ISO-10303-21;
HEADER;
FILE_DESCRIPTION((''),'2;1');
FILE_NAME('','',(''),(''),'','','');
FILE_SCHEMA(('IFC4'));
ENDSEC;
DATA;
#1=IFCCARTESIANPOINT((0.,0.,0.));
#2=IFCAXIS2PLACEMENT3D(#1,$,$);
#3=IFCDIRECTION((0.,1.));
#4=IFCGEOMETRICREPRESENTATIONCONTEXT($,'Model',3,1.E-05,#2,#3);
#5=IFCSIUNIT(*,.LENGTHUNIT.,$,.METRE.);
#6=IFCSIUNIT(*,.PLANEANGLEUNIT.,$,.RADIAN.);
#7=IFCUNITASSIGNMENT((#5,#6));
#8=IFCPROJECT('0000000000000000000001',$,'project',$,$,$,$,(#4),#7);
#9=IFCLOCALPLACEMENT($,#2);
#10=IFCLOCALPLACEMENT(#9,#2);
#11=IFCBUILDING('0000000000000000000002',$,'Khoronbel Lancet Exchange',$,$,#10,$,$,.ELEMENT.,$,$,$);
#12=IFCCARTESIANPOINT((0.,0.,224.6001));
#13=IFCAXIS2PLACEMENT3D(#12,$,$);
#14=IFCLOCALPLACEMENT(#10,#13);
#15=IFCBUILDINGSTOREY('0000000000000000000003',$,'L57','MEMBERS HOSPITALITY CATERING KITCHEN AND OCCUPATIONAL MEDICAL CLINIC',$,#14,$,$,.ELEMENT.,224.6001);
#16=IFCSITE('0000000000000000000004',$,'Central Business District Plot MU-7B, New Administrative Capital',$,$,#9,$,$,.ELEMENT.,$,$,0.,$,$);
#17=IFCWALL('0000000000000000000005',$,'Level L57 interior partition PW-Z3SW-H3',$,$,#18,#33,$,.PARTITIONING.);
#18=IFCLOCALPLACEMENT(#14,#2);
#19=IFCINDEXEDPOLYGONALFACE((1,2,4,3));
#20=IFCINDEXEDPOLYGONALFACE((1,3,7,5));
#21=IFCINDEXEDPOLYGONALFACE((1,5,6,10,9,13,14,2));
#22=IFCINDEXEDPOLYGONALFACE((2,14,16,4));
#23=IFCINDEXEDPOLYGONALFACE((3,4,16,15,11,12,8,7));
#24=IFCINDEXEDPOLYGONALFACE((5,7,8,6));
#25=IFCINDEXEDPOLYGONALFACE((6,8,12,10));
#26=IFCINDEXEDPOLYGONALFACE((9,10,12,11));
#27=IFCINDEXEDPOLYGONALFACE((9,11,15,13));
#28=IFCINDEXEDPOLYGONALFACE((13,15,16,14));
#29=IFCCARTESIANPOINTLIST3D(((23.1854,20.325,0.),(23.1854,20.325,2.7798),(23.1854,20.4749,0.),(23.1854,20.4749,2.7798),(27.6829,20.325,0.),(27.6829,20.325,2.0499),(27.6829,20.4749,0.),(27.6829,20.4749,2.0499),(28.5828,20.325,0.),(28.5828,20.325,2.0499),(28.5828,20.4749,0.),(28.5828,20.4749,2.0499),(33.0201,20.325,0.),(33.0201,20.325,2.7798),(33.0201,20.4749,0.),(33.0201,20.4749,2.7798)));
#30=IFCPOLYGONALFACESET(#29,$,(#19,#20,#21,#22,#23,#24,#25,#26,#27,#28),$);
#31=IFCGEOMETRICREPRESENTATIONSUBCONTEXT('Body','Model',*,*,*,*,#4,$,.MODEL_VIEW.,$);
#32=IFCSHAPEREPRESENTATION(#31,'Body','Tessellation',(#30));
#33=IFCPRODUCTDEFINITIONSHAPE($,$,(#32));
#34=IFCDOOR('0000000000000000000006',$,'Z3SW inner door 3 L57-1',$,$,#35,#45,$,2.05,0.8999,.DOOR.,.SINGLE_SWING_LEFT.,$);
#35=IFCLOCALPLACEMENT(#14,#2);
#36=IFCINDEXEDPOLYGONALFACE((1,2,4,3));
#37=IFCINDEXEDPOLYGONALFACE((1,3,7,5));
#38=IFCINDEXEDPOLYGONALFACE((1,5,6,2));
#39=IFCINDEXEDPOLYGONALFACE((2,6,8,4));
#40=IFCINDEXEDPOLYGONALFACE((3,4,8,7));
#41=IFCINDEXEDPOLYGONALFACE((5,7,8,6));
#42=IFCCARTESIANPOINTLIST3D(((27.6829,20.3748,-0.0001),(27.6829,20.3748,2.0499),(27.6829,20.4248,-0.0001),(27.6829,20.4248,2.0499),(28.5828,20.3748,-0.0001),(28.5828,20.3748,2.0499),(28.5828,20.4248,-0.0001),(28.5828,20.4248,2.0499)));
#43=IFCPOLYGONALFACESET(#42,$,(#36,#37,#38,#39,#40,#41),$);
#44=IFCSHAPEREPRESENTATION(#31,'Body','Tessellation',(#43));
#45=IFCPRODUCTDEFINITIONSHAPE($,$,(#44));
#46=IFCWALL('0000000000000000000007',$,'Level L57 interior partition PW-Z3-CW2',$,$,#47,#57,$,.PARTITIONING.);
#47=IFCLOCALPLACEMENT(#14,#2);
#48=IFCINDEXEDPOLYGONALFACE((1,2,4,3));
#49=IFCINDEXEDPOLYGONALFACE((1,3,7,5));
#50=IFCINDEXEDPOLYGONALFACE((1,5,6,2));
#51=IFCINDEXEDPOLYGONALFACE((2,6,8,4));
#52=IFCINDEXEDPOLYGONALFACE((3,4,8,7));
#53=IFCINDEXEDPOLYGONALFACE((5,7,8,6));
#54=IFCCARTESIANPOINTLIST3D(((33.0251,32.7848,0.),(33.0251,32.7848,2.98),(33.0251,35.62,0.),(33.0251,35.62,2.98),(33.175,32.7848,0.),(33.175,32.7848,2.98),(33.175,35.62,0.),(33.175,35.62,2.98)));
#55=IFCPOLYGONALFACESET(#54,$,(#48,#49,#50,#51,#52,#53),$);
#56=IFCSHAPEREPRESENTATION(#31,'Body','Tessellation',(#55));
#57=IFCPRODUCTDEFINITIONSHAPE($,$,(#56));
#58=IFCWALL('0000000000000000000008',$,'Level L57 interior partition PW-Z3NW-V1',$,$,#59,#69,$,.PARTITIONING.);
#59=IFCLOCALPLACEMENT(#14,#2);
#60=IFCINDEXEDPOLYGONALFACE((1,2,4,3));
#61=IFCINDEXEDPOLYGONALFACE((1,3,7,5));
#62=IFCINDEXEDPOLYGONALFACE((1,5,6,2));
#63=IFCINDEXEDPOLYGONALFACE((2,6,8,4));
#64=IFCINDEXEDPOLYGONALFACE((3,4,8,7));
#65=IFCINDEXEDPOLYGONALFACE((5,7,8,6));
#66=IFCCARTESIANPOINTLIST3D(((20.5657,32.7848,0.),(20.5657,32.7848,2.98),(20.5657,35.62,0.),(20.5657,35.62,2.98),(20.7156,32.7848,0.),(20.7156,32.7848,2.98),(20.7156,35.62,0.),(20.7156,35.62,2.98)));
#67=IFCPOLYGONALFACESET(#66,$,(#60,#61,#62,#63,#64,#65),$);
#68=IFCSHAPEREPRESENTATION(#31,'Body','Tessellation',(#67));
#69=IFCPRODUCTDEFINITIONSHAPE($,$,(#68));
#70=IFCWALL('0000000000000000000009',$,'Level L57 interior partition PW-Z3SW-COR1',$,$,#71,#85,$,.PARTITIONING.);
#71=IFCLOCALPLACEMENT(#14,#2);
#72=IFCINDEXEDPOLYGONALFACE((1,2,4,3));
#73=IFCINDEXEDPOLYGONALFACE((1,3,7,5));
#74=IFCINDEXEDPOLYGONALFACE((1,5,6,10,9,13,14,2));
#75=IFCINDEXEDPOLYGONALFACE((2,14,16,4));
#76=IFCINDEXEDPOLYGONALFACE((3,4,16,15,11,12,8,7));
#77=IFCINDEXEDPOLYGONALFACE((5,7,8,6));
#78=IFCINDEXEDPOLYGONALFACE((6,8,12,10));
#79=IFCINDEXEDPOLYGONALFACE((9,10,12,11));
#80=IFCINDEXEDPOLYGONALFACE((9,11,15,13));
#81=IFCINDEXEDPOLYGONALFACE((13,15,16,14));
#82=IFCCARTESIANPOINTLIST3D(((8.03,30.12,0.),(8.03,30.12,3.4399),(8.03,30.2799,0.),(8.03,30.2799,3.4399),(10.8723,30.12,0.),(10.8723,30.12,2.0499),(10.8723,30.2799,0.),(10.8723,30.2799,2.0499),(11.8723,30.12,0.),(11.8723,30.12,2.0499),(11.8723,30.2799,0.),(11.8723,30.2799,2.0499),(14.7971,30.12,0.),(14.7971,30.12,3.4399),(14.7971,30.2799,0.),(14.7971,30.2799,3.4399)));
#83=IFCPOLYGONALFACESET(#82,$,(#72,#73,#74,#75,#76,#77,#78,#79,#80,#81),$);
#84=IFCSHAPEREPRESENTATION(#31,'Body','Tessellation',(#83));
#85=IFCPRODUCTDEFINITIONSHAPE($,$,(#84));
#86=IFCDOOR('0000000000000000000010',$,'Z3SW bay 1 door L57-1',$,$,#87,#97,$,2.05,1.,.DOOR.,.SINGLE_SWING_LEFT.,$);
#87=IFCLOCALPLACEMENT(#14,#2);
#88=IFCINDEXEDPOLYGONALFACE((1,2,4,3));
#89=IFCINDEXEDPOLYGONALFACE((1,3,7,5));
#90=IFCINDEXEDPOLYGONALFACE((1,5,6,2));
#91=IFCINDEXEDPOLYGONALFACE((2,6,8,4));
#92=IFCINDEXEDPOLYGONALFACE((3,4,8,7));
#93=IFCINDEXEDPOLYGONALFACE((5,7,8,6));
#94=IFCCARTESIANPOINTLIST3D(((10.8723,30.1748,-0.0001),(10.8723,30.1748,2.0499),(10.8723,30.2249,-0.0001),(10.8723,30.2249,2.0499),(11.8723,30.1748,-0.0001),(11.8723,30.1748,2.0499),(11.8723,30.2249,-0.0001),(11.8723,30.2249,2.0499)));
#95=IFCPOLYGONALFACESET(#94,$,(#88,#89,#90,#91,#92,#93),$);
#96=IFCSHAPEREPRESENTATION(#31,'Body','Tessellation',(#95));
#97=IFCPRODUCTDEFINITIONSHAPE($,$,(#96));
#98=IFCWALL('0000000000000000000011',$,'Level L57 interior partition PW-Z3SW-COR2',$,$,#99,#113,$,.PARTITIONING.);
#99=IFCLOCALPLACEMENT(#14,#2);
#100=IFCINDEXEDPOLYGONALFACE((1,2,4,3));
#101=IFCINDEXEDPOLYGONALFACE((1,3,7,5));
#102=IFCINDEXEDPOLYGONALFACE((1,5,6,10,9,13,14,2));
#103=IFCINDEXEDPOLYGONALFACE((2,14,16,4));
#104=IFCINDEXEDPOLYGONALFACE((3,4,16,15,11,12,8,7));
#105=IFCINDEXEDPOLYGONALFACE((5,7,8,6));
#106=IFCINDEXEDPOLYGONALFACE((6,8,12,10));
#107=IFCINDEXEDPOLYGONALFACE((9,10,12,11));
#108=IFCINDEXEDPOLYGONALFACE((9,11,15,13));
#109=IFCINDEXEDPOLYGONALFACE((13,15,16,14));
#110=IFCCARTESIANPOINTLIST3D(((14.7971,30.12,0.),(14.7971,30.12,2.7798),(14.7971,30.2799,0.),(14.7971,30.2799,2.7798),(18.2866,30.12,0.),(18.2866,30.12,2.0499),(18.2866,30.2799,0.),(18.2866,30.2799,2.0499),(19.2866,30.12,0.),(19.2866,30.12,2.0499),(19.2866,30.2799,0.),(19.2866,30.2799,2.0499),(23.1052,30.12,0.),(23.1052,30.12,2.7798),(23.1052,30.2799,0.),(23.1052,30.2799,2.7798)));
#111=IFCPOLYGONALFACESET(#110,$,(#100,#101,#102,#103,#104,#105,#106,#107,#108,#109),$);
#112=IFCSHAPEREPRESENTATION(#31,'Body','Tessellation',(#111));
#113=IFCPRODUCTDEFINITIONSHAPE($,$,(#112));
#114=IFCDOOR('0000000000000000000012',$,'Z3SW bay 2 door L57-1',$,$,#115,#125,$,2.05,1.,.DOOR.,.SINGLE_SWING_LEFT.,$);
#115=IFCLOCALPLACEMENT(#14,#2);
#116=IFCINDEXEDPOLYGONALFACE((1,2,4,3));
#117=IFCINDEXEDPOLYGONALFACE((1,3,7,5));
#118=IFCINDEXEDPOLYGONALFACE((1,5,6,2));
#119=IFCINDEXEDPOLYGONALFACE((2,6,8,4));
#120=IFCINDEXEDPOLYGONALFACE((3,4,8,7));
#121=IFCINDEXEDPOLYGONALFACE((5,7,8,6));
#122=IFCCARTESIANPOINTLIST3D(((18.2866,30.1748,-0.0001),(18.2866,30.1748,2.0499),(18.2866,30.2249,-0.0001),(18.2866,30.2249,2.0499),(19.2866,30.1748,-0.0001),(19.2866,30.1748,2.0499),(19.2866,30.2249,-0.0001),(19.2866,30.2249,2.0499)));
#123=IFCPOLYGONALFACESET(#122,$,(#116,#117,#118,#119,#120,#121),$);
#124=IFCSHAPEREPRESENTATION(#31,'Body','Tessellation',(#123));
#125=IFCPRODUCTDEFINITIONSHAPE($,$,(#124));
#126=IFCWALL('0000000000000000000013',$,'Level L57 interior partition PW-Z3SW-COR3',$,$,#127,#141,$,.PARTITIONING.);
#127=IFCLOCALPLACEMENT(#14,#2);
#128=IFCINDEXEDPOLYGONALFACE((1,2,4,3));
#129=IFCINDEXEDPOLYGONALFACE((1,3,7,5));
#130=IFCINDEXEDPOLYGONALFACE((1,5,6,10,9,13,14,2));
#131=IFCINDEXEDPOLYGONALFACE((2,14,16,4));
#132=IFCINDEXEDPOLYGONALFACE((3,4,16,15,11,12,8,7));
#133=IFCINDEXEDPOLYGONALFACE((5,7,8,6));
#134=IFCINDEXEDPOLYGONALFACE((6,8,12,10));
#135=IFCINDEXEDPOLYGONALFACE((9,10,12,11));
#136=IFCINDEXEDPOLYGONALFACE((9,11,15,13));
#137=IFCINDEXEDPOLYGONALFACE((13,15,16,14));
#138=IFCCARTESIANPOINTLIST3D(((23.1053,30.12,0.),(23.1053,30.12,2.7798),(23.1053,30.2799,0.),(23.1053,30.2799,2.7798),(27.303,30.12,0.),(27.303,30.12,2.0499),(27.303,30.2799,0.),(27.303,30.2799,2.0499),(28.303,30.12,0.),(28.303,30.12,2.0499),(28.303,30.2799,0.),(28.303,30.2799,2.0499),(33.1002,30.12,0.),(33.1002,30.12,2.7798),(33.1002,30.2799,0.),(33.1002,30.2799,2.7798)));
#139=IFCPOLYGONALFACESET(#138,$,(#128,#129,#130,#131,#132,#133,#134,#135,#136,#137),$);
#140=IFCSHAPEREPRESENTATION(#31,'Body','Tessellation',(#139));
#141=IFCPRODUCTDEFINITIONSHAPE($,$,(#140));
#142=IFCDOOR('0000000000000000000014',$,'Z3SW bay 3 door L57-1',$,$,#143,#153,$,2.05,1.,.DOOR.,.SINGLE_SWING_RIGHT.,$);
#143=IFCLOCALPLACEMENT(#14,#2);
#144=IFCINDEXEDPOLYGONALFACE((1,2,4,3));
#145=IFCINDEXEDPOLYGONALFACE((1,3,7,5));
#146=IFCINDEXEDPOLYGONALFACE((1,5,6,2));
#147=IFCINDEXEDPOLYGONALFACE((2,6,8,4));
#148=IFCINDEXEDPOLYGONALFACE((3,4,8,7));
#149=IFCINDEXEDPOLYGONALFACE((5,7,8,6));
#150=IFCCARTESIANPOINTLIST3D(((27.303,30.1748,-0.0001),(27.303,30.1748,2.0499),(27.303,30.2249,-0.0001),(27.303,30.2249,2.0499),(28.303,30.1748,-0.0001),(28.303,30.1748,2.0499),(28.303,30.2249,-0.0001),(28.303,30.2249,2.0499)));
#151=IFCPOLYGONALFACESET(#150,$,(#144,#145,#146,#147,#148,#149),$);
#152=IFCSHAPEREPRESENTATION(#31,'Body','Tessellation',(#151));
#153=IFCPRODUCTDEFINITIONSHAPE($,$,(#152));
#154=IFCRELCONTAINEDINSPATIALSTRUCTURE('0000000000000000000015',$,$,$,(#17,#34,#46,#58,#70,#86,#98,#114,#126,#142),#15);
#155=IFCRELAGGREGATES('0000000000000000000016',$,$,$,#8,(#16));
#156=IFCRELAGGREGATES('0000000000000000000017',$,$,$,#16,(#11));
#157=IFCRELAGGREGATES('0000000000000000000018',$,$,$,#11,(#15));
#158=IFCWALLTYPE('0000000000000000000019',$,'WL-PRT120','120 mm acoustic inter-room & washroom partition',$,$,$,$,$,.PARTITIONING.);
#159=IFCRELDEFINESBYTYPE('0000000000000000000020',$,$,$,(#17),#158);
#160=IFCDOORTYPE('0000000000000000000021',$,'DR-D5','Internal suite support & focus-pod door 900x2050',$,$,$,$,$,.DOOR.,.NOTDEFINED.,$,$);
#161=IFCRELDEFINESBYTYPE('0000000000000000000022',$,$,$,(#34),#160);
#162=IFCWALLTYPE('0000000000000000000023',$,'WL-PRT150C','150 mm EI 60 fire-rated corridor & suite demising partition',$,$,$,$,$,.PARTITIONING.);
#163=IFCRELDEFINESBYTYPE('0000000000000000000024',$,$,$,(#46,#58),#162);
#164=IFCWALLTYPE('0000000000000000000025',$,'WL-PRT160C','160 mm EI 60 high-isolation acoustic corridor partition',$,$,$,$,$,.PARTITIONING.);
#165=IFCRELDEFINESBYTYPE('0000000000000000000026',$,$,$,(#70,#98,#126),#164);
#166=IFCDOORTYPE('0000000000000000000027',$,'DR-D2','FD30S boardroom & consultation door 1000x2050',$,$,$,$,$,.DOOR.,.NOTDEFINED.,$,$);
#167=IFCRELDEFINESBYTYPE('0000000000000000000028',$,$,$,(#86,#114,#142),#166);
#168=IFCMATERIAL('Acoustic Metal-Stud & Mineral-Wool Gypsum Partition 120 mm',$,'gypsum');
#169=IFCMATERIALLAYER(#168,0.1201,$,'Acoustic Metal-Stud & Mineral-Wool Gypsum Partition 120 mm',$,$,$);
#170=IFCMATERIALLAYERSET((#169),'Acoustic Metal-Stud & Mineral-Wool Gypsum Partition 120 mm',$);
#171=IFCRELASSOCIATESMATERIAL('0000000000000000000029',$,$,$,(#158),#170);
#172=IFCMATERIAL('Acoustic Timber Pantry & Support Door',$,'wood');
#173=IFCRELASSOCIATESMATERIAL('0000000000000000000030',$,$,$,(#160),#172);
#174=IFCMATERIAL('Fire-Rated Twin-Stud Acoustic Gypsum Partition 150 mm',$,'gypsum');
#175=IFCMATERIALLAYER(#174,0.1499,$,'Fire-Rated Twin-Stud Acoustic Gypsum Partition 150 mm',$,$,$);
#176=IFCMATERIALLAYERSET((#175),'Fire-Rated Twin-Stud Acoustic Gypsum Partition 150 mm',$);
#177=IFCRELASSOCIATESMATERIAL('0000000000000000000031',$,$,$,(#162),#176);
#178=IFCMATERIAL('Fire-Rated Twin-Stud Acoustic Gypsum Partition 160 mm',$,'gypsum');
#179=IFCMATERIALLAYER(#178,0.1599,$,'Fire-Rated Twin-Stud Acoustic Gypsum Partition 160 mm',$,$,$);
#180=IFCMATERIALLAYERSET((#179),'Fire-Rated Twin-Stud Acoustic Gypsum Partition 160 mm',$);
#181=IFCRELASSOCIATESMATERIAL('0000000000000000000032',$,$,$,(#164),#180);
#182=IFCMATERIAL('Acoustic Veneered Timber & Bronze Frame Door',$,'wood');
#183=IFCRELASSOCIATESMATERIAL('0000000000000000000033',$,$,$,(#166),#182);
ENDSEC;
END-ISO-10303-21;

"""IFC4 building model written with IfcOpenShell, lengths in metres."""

from ifc_helpers import new_model, si_unit, direction, frame, frame_2d, origin, place, context, subcontext, project, spatial, rectangle, extrude, material, layer, layer_set, type_object, element, fill, save


model = new_model("IFC4")

# Units and contexts
model_context = context("Model", 3, precision=1e-05, world=origin(), true_north=direction((0.0, 1.0)))
body_context = subcontext(model_context, "Body", "Model", "MODEL_VIEW")
ifc_project = project(units=[si_unit("LENGTHUNIT", "METRE"), si_unit("PLANEANGLEUNIT", "RADIAN")], contexts=[model_context])

# Site, building, storey
site_placement = place(None, origin())
site = spatial("IfcSite", under=ifc_project, at=site_placement, Name="Central Business District Plot MU-7B, New Administrative Capital", CompositionType="ELEMENT", RefElevation=0.0)
building_placement = place(site_placement, origin())
building = spatial("IfcBuilding", under=site, at=building_placement, Name="Khoronbel Lancet Exchange", CompositionType="ELEMENT")
storey_placement = place(building_placement, frame((0.0, 0.0, 224.6001)))
storey = spatial("IfcBuildingStorey", under=building, at=storey_placement, Name="L57", Description="MEMBERS HOSPITALITY CATERING KITCHEN AND OCCUPATIONAL MEDICAL CLINIC", CompositionType="ELEMENT", Elevation=224.6001)

# Wall, opening, door
ifc_material_1 = material(Name="Acoustic Metal-Stud & Mineral-Wool Gypsum Partition 120 mm", Category="gypsum")
ifc_layer_1 = layer(ifc_material_1, 0.1201, Name="Acoustic Metal-Stud & Mineral-Wool Gypsum Partition 120 mm")
ifc_layer_set_1 = layer_set([ifc_layer_1], Name="Acoustic Metal-Stud & Mineral-Wool Gypsum Partition 120 mm")
wall_type_1 = type_object("IfcWallType", Name="WL-PRT120", Description="120 mm acoustic inter-room & washroom partition", PredefinedType="PARTITIONING", material=ifc_layer_set_1)
ifc_material_2 = material(Name="Acoustic Timber Pantry & Support Door", Category="wood")
door_type_1 = type_object("IfcDoorType", Name="DR-D5", Description="Internal suite support & focus-pod door 900x2050", OperationType="NOTDEFINED", PredefinedType="DOOR", material=ifc_material_2)
wall_1_placement = place(storey_placement, frame((23.1853, 20.3999, 0.0), z_axis=(0.0, 0.0, 1.0), x_axis=(1.0, 0.0, 0.0)))
wall_1 = element("IfcWall", 1, at=wall_1_placement, inside=storey, type_object=wall_type_1, Name="Level L57 interior partition PW-Z3SW-H3", PredefinedType="PARTITIONING", context=body_context, shape_type="SweptSolid", body=[
    extrude(rectangle(XDim=9.8347, YDim=0.1499, at=frame_2d((4.9175, 0.0))), origin(), (0.0, 0.0, 1.0), 2.7798),
])
opening_1_placement = place(wall_1_placement, frame((4.4976, 0.0, 0.0)))
opening_1 = element("IfcOpeningElement", 2, at=opening_1_placement, cuts=wall_1, PredefinedType="OPENING", context=body_context, shape_type="SweptSolid", body=[
    extrude(rectangle(XDim=0.8999, YDim=2.05, at=frame_2d((0.45, 1.0249))), frame((0.0, 0.085, 0.0), z_axis=(0.0, -1.0, 0.0), x_axis=(1.0, 0.0, 0.0)), (0.0, 0.0, 1.0), 0.1699),
])
door_1_placement = place(opening_1_placement, origin())
door_1 = element("IfcDoor", 3, at=door_1_placement, inside=storey, type_object=door_type_1, Name="Z3SW inner door 3 L57-1", OperationType="SINGLE_SWING_LEFT", OverallHeight=2.05, OverallWidth=0.8999, PredefinedType="DOOR", context=body_context, shape_type="SweptSolid", body=[
    extrude(rectangle(XDim=0.8999, YDim=2.05, at=frame_2d((0.45, 1.0249))), frame((0.0, 0.0249, 0.0), z_axis=(0.0, -1.0, 0.0), x_axis=(1.0, 0.0, 0.0)), (0.0, 0.0, 1.0), 0.05),
])
fill(opening_1, door_1)

# Walls
ifc_material_3 = material(Name="Fire-Rated Twin-Stud Acoustic Gypsum Partition 150 mm", Category="gypsum")
ifc_layer_2 = layer(ifc_material_3, 0.1499, Name="Fire-Rated Twin-Stud Acoustic Gypsum Partition 150 mm")
ifc_layer_set_2 = layer_set([ifc_layer_2], Name="Fire-Rated Twin-Stud Acoustic Gypsum Partition 150 mm")
wall_type_2 = type_object("IfcWallType", Name="WL-PRT150C", Description="150 mm EI 60 fire-rated corridor & suite demising partition", PredefinedType="PARTITIONING", material=ifc_layer_set_2)
for number, where, z_axis, x_axis, name in (
    (4, (33.1001, 32.7849, 0.0), (0.0, 0.0, 1.0), (0.0, 1.0, 0.0), "Level L57 interior partition PW-Z3-CW2"),
    (5, (20.6406, 32.7849, 0.0), (0.0, 0.0, 1.0), (0.0, 1.0, 0.0), "Level L57 interior partition PW-Z3NW-V1"),
):
    element("IfcWall", number, at=place(storey_placement, frame(where, z_axis=z_axis, x_axis=x_axis)), inside=storey, type_object=wall_type_2, Name=name, PredefinedType="PARTITIONING", context=body_context, shape_type="SweptSolid", body=[
        extrude(rectangle(XDim=2.8352, YDim=0.1499, at=frame_2d((1.4175, 0.0))), origin(), (0.0, 0.0, 1.0), 2.98),
    ])

# Walls, openings, doors
ifc_material_4 = material(Name="Fire-Rated Twin-Stud Acoustic Gypsum Partition 160 mm", Category="gypsum")
ifc_layer_3 = layer(ifc_material_4, 0.1599, Name="Fire-Rated Twin-Stud Acoustic Gypsum Partition 160 mm")
ifc_layer_set_3 = layer_set([ifc_layer_3], Name="Fire-Rated Twin-Stud Acoustic Gypsum Partition 160 mm")
wall_type_3 = type_object("IfcWallType", Name="WL-PRT160C", Description="160 mm EI 60 high-isolation acoustic corridor partition", PredefinedType="PARTITIONING", material=ifc_layer_set_3)
wall_2_placement = place(storey_placement, frame((8.03, 30.2, 0.0), z_axis=(0.0, 0.0, 1.0), x_axis=(1.0, 0.0, 0.0)))
wall_2 = element("IfcWall", 6, at=wall_2_placement, inside=storey, type_object=wall_type_3, Name="Level L57 interior partition PW-Z3SW-COR1", PredefinedType="PARTITIONING", context=body_context, shape_type="SweptSolid", body=[
    extrude(rectangle(XDim=6.7671, YDim=0.1599, at=frame_2d((3.3835, 0.0))), origin(), (0.0, 0.0, 1.0), 3.4399),
])
opening_2_placement = place(wall_2_placement, frame((2.8423, 0.0, 0.0)))
opening_2 = element("IfcOpeningElement", 7, at=opening_2_placement, cuts=wall_2, PredefinedType="OPENING", context=body_context, shape_type="SweptSolid", body=[
    extrude(rectangle(XDim=1.0, YDim=2.05, at=frame_2d((0.5, 1.0249))), frame((0.0, 0.0898, 0.0), z_axis=(0.0, -1.0, 0.0), x_axis=(1.0, 0.0, 0.0)), (0.0, 0.0, 1.0), 0.1799),
])
ifc_material_5 = material(Name="Acoustic Veneered Timber & Bronze Frame Door", Category="wood")
door_type_2 = type_object("IfcDoorType", Name="DR-D2", Description="FD30S boardroom & consultation door 1000x2050", OperationType="NOTDEFINED", PredefinedType="DOOR", material=ifc_material_5)
door_2_placement = place(opening_2_placement, origin())
door_2 = element("IfcDoor", 8, at=door_2_placement, inside=storey, type_object=door_type_2, Name="Z3SW bay 1 door L57-1", OperationType="SINGLE_SWING_LEFT", OverallHeight=2.05, OverallWidth=1.0, PredefinedType="DOOR", context=body_context, shape_type="SweptSolid", body=[
    extrude(rectangle(XDim=1.0, YDim=2.05, at=frame_2d((0.5, 1.0249))), frame((0.0, 0.0249, 0.0), z_axis=(0.0, -1.0, 0.0), x_axis=(1.0, 0.0, 0.0)), (0.0, 0.0, 1.0), 0.05),
])
fill(opening_2, door_2)
wall_3_placement = place(storey_placement, frame((14.7971, 30.2, 0.0), z_axis=(0.0, 0.0, 1.0), x_axis=(1.0, 0.0, 0.0)))
wall_3 = element("IfcWall", 9, at=wall_3_placement, inside=storey, type_object=wall_type_3, Name="Level L57 interior partition PW-Z3SW-COR2", PredefinedType="PARTITIONING", context=body_context, shape_type="SweptSolid", body=[
    extrude(rectangle(XDim=8.3081, YDim=0.1599, at=frame_2d((4.1541, 0.0))), origin(), (0.0, 0.0, 1.0), 2.7798),
])
opening_3_placement = place(wall_3_placement, frame((3.4895, 0.0, 0.0)))
opening_3 = element("IfcOpeningElement", 10, at=opening_3_placement, cuts=wall_3, PredefinedType="OPENING", context=body_context, shape_type="SweptSolid", body=[
    extrude(rectangle(XDim=1.0, YDim=2.05, at=frame_2d((0.5, 1.0249))), frame((0.0, 0.0898, 0.0), z_axis=(0.0, -1.0, 0.0), x_axis=(1.0, 0.0, 0.0)), (0.0, 0.0, 1.0), 0.1799),
])
door_3_placement = place(opening_3_placement, origin())
door_3 = element("IfcDoor", 11, at=door_3_placement, inside=storey, type_object=door_type_2, Name="Z3SW bay 2 door L57-1", OperationType="SINGLE_SWING_LEFT", OverallHeight=2.05, OverallWidth=1.0, PredefinedType="DOOR", context=body_context, shape_type="SweptSolid", body=[
    extrude(rectangle(XDim=1.0, YDim=2.05, at=frame_2d((0.5, 1.0249))), frame((0.0, 0.0249, 0.0), z_axis=(0.0, -1.0, 0.0), x_axis=(1.0, 0.0, 0.0)), (0.0, 0.0, 1.0), 0.05),
])
fill(opening_3, door_3)
wall_4_placement = place(storey_placement, frame((23.1052, 30.2, 0.0), z_axis=(0.0, 0.0, 1.0), x_axis=(1.0, 0.0, 0.0)))
wall_4 = element("IfcWall", 12, at=wall_4_placement, inside=storey, type_object=wall_type_3, Name="Level L57 interior partition PW-Z3SW-COR3", PredefinedType="PARTITIONING", context=body_context, shape_type="SweptSolid", body=[
    extrude(rectangle(XDim=9.9949, YDim=0.1599, at=frame_2d((4.9976, 0.0))), origin(), (0.0, 0.0, 1.0), 2.7798),
])
opening_4_placement = place(wall_4_placement, frame((4.1978, 0.0, 0.0)))
opening_4 = element("IfcOpeningElement", 13, at=opening_4_placement, cuts=wall_4, PredefinedType="OPENING", context=body_context, shape_type="SweptSolid", body=[
    extrude(rectangle(XDim=1.0, YDim=2.05, at=frame_2d((0.5, 1.0249))), frame((0.0, 0.0898, 0.0), z_axis=(0.0, -1.0, 0.0), x_axis=(1.0, 0.0, 0.0)), (0.0, 0.0, 1.0), 0.1799),
])
door_4_placement = place(opening_4_placement, origin())
door_4 = element("IfcDoor", 14, at=door_4_placement, inside=storey, type_object=door_type_2, Name="Z3SW bay 3 door L57-1", OperationType="SINGLE_SWING_RIGHT", OverallHeight=2.05, OverallWidth=1.0, PredefinedType="DOOR", context=body_context, shape_type="SweptSolid", body=[
    extrude(rectangle(XDim=1.0, YDim=2.05, at=frame_2d((0.5, 1.0249))), frame((0.0, 0.0249, 0.0), z_axis=(0.0, -1.0, 0.0), x_axis=(1.0, 0.0, 0.0)), (0.0, 0.0, 1.0), 0.05),
])
fill(opening_4, door_4)

save(model, "model.ifc")
